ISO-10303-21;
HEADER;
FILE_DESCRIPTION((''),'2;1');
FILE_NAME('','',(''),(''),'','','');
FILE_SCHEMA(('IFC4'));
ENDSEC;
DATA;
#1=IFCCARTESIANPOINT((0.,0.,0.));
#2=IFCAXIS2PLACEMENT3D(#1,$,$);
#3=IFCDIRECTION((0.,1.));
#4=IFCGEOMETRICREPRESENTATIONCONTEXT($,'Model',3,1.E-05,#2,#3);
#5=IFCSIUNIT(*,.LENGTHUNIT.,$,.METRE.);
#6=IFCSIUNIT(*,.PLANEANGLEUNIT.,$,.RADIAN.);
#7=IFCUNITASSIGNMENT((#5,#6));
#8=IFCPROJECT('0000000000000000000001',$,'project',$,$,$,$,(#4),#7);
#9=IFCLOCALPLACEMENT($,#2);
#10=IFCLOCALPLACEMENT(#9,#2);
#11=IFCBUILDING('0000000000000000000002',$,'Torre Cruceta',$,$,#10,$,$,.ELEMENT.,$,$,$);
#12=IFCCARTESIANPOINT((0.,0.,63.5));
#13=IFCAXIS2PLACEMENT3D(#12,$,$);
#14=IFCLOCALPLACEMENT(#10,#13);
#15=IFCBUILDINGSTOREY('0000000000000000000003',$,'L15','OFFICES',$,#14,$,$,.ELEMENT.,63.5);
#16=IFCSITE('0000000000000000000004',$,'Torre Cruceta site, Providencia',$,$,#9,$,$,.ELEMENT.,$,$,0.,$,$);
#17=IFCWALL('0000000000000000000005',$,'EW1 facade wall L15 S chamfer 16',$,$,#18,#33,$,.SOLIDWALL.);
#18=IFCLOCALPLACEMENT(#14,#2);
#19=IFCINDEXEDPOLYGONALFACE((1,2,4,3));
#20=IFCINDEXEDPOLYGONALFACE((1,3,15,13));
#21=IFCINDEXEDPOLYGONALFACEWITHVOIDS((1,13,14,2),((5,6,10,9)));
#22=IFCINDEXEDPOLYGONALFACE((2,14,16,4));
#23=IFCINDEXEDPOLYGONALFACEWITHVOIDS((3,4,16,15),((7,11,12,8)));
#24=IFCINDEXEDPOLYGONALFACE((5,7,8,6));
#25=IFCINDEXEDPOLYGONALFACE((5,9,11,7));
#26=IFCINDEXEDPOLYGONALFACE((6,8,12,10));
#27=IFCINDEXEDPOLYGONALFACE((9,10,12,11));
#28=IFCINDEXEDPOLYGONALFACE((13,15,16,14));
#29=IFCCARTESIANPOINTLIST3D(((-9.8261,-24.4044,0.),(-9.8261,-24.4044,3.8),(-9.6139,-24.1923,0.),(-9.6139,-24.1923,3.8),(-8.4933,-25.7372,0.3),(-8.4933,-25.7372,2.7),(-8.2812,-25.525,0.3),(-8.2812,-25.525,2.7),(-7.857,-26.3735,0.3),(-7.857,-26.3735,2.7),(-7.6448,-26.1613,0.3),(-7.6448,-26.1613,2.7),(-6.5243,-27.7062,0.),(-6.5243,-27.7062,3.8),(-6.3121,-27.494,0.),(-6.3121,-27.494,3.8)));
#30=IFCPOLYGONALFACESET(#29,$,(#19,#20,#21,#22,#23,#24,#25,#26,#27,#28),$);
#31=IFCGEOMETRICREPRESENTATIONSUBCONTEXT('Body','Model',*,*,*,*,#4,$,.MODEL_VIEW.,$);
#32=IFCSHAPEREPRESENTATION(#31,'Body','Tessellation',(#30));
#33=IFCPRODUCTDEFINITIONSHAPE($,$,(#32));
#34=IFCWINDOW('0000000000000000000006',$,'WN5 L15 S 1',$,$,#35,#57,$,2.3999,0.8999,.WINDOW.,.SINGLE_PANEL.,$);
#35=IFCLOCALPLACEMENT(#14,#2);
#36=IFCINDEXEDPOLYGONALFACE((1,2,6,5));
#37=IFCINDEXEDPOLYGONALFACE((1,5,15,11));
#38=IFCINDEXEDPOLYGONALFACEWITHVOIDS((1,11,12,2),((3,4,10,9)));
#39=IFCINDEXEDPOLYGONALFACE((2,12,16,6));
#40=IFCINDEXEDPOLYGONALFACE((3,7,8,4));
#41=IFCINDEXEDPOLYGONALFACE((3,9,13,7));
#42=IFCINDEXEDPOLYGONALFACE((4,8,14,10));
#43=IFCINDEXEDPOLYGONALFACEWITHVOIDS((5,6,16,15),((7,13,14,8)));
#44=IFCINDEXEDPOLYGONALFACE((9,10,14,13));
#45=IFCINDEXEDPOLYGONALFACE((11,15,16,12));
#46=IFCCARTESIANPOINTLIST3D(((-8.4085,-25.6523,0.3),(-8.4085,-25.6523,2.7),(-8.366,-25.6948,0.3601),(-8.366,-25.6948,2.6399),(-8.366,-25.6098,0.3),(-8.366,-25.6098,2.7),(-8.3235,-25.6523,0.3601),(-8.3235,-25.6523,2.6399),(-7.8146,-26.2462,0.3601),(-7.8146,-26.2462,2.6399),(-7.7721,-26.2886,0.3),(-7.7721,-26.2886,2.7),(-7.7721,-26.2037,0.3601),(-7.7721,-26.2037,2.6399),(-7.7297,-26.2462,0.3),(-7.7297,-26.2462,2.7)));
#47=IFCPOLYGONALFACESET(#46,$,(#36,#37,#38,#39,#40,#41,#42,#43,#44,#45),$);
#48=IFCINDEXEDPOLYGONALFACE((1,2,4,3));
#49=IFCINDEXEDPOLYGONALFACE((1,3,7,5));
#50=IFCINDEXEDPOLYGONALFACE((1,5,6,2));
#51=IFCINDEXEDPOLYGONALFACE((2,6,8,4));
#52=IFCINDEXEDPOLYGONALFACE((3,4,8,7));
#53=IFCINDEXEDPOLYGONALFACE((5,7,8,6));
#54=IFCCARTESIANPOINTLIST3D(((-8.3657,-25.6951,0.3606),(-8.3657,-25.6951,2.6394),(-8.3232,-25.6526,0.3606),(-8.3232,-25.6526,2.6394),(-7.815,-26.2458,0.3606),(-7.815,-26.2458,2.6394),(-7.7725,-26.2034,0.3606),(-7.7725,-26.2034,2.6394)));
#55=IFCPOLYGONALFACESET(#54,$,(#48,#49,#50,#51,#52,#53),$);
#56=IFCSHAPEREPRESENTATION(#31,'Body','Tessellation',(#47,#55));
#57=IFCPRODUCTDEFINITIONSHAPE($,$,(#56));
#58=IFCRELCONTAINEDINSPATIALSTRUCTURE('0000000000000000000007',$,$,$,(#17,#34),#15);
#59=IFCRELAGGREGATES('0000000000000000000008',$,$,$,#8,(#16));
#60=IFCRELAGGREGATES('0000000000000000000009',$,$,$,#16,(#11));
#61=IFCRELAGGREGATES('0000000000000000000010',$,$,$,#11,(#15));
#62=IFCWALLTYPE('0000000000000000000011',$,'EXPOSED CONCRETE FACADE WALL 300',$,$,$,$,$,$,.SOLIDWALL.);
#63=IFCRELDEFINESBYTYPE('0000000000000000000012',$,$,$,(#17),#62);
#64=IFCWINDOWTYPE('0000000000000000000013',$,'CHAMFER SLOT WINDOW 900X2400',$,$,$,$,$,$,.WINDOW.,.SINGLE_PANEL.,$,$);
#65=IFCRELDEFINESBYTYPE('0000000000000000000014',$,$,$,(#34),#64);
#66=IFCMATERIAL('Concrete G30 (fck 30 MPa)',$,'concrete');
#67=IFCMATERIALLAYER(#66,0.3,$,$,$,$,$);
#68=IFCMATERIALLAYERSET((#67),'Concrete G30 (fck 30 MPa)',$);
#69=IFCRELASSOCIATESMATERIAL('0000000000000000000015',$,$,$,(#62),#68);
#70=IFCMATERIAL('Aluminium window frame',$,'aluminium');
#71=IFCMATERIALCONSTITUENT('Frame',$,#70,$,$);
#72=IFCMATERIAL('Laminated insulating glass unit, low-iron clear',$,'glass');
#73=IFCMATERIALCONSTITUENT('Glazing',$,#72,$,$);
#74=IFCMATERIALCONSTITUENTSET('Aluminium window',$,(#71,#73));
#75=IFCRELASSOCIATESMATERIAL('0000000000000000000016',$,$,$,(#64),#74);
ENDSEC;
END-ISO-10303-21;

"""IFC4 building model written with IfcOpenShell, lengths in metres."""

from ifc_helpers import new_model, si_unit, direction, frame, frame_2d, origin, place, context, subcontext, project, spatial, rectangle, hollow_rectangle, extrude, material, layer, layer_set, constituent, constituent_set, type_object, element, fill, save


model = new_model("IFC4")

# Units and contexts
model_context = context("Model", 3, precision=1e-05, world=origin(), true_north=direction((0.0, 1.0)))
body_context = subcontext(model_context, "Body", "Model", "MODEL_VIEW")
ifc_project = project(units=[si_unit("LENGTHUNIT", "METRE"), si_unit("PLANEANGLEUNIT", "RADIAN")], contexts=[model_context])

# Site, building, storey
site_placement = place(None, origin())
site = spatial("IfcSite", under=ifc_project, at=site_placement, Name="Torre Cruceta site, Providencia", CompositionType="ELEMENT", RefElevation=0.0)
building_placement = place(site_placement, origin())
building = spatial("IfcBuilding", under=site, at=building_placement, Name="Torre Cruceta", CompositionType="ELEMENT")
storey_placement = place(building_placement, frame((0.0, 0.0, 63.5)))
storey = spatial("IfcBuildingStorey", under=building, at=storey_placement, Name="L15", Description="OFFICES", CompositionType="ELEMENT", Elevation=63.5)

# Wall, opening, window
ifc_material_1 = material(Name="Concrete G30 (fck 30 MPa)", Category="concrete")
ifc_layer_1 = layer(ifc_material_1, 0.3)
ifc_layer_set_1 = layer_set([ifc_layer_1], Name="Concrete G30 (fck 30 MPa)")
wall_type = type_object("IfcWallType", Name="EXPOSED CONCRETE FACADE WALL 300", PredefinedType="SOLIDWALL", material=ifc_layer_set_1)
wall_placement = place(storey_placement, frame((-9.72, -24.2983, 0.0), z_axis=(0.0, 0.0, 1.0), x_axis=(0.707107, -0.707107, 0.0)))
wall = element("IfcWall", 1, at=wall_placement, inside=storey, type_object=wall_type, Name="EW1 facade wall L15 S chamfer 16", PredefinedType="SOLIDWALL", context=body_context, shape_type="SweptSolid", body=[
    extrude(rectangle(XDim=4.6694, YDim=0.3, at=frame_2d((2.3347, 0.0))), origin(), (0.0, 0.0, 1.0), 3.8),
])
opening_placement = place(wall_placement, frame((1.8848, 0.0, 0.3)))
opening = element("IfcOpeningElement", 2, at=opening_placement, cuts=wall, PredefinedType="OPENING", context=body_context, shape_type="SweptSolid", body=[
    extrude(rectangle(XDim=0.8999, YDim=2.3999, at=frame_2d((0.45, 1.2))), frame((0.0, 0.1599, 0.0), z_axis=(0.0, -1.0, 0.0), x_axis=(1.0, 0.0, 0.0)), (0.0, 0.0, 1.0), 0.3201),
])
ifc_material_2 = material(Name="Aluminium window frame", Category="aluminium")
ifc_constituent_1 = constituent(ifc_material_2, Name="Frame")
ifc_material_3 = material(Name="Laminated insulating glass unit, low-iron clear", Category="glass")
ifc_constituent_2 = constituent(ifc_material_3, Name="Glazing")
ifc_constituent_set = constituent_set(constituents=[ifc_constituent_1, ifc_constituent_2], Name="Aluminium window")
window_type = type_object("IfcWindowType", Name="CHAMFER SLOT WINDOW 900X2400", PartitioningType="SINGLE_PANEL", PredefinedType="WINDOW", material=ifc_constituent_set)
window_placement = place(opening_placement, origin())
window = element("IfcWindow", 3, at=window_placement, inside=storey, type_object=window_type, Name="WN5 L15 S 1", OverallHeight=2.3999, OverallWidth=0.8999, PartitioningType="SINGLE_PANEL", PredefinedType="WINDOW", context=body_context, shape_type="SweptSolid", body=[
    extrude(hollow_rectangle(XDim=0.8999, YDim=2.3999, WallThickness=0.0601, at=frame_2d((0.45, 1.2))), frame((0.0, 0.03, 0.0), z_axis=(0.0, -1.0, 0.0), x_axis=(1.0, 0.0, 0.0)), (0.0, 0.0, 1.0), 0.0601),
    extrude(rectangle(XDim=0.7788, YDim=2.2788, at=frame_2d((0.45, 1.2))), frame((0.0, 0.03, 0.0), z_axis=(0.0, -1.0, 0.0), x_axis=(1.0, 0.0, 0.0)), (0.0, 0.0, 1.0), 0.0601),
])
fill(opening, window)

save(model, "model.ifc")
